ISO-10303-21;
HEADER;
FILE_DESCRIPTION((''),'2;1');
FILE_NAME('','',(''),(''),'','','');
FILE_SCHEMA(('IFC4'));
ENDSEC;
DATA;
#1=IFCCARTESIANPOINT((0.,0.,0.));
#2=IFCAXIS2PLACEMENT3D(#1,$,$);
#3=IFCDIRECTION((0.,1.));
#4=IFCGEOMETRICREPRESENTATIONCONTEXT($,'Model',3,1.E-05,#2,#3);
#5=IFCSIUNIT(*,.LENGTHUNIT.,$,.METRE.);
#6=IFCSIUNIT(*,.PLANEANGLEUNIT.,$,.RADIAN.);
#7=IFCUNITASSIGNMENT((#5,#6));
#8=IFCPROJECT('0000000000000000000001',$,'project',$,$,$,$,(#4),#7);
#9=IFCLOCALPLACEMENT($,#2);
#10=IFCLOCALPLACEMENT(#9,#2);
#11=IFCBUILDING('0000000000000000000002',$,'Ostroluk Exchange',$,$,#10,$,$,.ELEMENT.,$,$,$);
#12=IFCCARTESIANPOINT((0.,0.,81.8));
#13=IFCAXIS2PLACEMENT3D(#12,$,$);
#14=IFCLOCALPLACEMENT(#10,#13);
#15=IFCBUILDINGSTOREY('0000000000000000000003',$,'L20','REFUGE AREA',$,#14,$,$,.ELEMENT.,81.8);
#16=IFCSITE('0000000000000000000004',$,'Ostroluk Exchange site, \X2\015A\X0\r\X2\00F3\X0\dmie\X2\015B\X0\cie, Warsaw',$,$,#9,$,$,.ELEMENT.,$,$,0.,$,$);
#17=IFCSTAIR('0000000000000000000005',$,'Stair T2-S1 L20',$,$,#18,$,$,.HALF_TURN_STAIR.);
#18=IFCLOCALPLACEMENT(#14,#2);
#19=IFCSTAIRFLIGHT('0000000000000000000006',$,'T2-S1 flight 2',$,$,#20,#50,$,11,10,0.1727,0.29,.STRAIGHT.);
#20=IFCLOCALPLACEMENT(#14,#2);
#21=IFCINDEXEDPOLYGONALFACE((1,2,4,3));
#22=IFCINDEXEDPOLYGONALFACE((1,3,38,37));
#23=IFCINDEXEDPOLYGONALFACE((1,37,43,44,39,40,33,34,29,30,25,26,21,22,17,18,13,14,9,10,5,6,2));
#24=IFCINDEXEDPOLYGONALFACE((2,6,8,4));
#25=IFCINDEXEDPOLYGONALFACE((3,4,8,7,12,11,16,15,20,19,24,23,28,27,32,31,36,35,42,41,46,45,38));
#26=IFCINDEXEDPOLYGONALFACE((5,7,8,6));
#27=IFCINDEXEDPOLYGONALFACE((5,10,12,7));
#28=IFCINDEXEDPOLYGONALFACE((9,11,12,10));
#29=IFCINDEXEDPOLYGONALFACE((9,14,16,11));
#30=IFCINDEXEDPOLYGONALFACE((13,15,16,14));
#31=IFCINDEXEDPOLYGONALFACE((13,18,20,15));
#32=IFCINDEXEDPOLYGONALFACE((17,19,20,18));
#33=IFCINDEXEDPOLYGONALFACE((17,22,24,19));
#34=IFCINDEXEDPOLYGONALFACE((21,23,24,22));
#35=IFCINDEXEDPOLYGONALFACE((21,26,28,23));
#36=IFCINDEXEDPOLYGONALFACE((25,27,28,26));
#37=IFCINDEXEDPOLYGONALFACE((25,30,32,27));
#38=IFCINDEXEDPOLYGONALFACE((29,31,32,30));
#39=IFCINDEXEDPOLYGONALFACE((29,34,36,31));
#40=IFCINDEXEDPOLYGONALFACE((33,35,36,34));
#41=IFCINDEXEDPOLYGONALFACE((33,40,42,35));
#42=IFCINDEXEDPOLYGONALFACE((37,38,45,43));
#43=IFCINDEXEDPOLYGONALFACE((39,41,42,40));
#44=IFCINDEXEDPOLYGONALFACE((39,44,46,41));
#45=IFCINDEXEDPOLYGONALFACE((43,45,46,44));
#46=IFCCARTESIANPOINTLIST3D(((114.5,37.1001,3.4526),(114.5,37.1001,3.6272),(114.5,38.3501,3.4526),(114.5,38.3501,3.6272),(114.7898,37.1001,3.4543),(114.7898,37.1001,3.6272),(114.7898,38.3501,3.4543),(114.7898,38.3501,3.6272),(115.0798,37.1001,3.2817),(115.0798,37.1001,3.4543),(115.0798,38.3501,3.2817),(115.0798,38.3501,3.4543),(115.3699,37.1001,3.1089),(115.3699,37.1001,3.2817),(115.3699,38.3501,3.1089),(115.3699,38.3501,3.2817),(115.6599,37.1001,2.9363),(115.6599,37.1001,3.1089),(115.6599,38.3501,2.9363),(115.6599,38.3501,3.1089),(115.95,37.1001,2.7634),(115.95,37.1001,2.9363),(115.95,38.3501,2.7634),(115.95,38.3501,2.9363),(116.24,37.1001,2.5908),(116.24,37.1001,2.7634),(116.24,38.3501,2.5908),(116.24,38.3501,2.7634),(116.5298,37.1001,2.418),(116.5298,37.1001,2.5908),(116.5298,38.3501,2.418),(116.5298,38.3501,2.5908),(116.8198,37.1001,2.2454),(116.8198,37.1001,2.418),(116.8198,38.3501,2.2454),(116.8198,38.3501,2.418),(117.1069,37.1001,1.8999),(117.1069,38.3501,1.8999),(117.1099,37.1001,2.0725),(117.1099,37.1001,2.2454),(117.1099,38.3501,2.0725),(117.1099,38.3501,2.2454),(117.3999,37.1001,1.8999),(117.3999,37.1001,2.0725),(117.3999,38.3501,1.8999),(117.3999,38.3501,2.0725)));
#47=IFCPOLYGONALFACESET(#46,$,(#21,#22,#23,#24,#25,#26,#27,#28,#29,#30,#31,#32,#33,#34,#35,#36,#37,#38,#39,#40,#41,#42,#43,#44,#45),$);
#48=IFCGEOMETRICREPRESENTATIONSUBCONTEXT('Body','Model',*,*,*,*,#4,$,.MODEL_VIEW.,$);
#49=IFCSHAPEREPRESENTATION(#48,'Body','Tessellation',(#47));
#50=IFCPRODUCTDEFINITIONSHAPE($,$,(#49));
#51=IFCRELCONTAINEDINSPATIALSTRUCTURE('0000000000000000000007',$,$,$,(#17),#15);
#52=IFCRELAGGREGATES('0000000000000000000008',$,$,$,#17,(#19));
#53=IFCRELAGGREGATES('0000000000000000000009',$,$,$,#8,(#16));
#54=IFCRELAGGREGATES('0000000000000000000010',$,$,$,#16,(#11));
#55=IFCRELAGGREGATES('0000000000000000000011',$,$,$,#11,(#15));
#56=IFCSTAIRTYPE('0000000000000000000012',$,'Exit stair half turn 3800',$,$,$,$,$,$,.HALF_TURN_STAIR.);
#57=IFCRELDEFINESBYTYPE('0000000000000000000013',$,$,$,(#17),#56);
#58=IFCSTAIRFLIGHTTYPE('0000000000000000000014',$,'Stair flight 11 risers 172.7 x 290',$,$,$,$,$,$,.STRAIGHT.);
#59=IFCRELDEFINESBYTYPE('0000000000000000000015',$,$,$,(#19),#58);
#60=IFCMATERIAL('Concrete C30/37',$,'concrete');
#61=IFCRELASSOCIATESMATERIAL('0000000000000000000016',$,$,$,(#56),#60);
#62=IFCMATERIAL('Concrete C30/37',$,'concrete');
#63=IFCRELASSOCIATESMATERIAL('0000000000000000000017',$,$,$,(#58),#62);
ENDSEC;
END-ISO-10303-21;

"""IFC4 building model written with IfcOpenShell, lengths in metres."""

from ifc_helpers import new_model, si_unit, direction, frame, origin, place, context, subcontext, project, spatial, polyline, outline, extrude, material, type_object, element, aggregate, save


model = new_model("IFC4")

# Units and contexts
model_context = context("Model", 3, precision=1e-05, world=origin(), true_north=direction((0.0, 1.0)))
body_context = subcontext(model_context, "Body", "Model", "MODEL_VIEW")
ifc_project = project(units=[si_unit("LENGTHUNIT", "METRE"), si_unit("PLANEANGLEUNIT", "RADIAN")], contexts=[model_context])

# Site, building, storey
site_placement = place(None, origin())
site = spatial("IfcSite", under=ifc_project, at=site_placement, Name="Ostroluk Exchange site, Śródmieście, Warsaw", CompositionType="ELEMENT", RefElevation=0.0)
building_placement = place(site_placement, origin())
building = spatial("IfcBuilding", under=site, at=building_placement, Name="Ostroluk Exchange", CompositionType="ELEMENT")
storey_placement = place(building_placement, frame((0.0, 0.0, 81.8)))
storey = spatial("IfcBuildingStorey", under=building, at=storey_placement, Name="L20", Description="REFUGE AREA", CompositionType="ELEMENT", Elevation=81.8)

# Stair, stair flight
ifc_material_1 = material(Name="Concrete C30/37", Category="concrete")
stair_type = type_object("IfcStairType", Name="Exit stair half turn 3800", PredefinedType="HALF_TURN_STAIR", material=ifc_material_1)
stair_placement = place(storey_placement, origin())
stair = element("IfcStair", 1, at=stair_placement, inside=storey, type_object=stair_type, Name="Stair T2-S1 L20", PredefinedType="HALF_TURN_STAIR")
ifc_material_2 = material(Name="Concrete C30/37", Category="concrete")
stair_flight_type = type_object("IfcStairFlightType", Name="Stair flight 11 risers 172.7 x 290", PredefinedType="STRAIGHT", material=ifc_material_2)
stair_flight_placement = place(storey_placement, frame((117.3999, 37.7251, 1.8999), z_axis=(0.0, 0.0, 1.0), x_axis=(-1.0, 0.0, 0.0)))
stair_flight = element("IfcStairFlight", 2, at=stair_flight_placement, type_object=stair_flight_type, Name="T2-S1 flight 2", NumberOfRisers=11, NumberOfTreads=10, PredefinedType="STRAIGHT", RiserHeight=0.1727, TreadLength=0.29, context=body_context, shape_type="SweptSolid", body=[
    extrude(outline(polyline([(0.0, 0.0), (0.0, 0.1726), (0.29, 0.1726), (0.29, 0.3455), (0.5801, 0.3455), (0.5801, 0.5181), (0.8701, 0.5181), (0.8701, 0.6909), (1.1599, 0.6909), (1.1599, 0.8635), (1.45, 0.8635), (1.45, 1.0364), (1.74, 1.0364), (1.74, 1.209), (2.03, 1.209), (2.03, 1.3818), (2.3201, 1.3818), (2.3201, 1.5544), (2.6101, 1.5544), (2.6101, 1.7273), (2.8999, 1.7273), (2.8999, 1.8999), (2.8999, 1.5527), (0.293, 0.0), (0.0, 0.0)])), frame((0.0, 0.625, 0.0), z_axis=(0.0, -1.0, 0.0), x_axis=(1.0, 0.0, 0.0)), (0.0, 0.0, 1.0), 1.25),
])
aggregate(stair, [stair_flight])

save(model, "model.ifc")
